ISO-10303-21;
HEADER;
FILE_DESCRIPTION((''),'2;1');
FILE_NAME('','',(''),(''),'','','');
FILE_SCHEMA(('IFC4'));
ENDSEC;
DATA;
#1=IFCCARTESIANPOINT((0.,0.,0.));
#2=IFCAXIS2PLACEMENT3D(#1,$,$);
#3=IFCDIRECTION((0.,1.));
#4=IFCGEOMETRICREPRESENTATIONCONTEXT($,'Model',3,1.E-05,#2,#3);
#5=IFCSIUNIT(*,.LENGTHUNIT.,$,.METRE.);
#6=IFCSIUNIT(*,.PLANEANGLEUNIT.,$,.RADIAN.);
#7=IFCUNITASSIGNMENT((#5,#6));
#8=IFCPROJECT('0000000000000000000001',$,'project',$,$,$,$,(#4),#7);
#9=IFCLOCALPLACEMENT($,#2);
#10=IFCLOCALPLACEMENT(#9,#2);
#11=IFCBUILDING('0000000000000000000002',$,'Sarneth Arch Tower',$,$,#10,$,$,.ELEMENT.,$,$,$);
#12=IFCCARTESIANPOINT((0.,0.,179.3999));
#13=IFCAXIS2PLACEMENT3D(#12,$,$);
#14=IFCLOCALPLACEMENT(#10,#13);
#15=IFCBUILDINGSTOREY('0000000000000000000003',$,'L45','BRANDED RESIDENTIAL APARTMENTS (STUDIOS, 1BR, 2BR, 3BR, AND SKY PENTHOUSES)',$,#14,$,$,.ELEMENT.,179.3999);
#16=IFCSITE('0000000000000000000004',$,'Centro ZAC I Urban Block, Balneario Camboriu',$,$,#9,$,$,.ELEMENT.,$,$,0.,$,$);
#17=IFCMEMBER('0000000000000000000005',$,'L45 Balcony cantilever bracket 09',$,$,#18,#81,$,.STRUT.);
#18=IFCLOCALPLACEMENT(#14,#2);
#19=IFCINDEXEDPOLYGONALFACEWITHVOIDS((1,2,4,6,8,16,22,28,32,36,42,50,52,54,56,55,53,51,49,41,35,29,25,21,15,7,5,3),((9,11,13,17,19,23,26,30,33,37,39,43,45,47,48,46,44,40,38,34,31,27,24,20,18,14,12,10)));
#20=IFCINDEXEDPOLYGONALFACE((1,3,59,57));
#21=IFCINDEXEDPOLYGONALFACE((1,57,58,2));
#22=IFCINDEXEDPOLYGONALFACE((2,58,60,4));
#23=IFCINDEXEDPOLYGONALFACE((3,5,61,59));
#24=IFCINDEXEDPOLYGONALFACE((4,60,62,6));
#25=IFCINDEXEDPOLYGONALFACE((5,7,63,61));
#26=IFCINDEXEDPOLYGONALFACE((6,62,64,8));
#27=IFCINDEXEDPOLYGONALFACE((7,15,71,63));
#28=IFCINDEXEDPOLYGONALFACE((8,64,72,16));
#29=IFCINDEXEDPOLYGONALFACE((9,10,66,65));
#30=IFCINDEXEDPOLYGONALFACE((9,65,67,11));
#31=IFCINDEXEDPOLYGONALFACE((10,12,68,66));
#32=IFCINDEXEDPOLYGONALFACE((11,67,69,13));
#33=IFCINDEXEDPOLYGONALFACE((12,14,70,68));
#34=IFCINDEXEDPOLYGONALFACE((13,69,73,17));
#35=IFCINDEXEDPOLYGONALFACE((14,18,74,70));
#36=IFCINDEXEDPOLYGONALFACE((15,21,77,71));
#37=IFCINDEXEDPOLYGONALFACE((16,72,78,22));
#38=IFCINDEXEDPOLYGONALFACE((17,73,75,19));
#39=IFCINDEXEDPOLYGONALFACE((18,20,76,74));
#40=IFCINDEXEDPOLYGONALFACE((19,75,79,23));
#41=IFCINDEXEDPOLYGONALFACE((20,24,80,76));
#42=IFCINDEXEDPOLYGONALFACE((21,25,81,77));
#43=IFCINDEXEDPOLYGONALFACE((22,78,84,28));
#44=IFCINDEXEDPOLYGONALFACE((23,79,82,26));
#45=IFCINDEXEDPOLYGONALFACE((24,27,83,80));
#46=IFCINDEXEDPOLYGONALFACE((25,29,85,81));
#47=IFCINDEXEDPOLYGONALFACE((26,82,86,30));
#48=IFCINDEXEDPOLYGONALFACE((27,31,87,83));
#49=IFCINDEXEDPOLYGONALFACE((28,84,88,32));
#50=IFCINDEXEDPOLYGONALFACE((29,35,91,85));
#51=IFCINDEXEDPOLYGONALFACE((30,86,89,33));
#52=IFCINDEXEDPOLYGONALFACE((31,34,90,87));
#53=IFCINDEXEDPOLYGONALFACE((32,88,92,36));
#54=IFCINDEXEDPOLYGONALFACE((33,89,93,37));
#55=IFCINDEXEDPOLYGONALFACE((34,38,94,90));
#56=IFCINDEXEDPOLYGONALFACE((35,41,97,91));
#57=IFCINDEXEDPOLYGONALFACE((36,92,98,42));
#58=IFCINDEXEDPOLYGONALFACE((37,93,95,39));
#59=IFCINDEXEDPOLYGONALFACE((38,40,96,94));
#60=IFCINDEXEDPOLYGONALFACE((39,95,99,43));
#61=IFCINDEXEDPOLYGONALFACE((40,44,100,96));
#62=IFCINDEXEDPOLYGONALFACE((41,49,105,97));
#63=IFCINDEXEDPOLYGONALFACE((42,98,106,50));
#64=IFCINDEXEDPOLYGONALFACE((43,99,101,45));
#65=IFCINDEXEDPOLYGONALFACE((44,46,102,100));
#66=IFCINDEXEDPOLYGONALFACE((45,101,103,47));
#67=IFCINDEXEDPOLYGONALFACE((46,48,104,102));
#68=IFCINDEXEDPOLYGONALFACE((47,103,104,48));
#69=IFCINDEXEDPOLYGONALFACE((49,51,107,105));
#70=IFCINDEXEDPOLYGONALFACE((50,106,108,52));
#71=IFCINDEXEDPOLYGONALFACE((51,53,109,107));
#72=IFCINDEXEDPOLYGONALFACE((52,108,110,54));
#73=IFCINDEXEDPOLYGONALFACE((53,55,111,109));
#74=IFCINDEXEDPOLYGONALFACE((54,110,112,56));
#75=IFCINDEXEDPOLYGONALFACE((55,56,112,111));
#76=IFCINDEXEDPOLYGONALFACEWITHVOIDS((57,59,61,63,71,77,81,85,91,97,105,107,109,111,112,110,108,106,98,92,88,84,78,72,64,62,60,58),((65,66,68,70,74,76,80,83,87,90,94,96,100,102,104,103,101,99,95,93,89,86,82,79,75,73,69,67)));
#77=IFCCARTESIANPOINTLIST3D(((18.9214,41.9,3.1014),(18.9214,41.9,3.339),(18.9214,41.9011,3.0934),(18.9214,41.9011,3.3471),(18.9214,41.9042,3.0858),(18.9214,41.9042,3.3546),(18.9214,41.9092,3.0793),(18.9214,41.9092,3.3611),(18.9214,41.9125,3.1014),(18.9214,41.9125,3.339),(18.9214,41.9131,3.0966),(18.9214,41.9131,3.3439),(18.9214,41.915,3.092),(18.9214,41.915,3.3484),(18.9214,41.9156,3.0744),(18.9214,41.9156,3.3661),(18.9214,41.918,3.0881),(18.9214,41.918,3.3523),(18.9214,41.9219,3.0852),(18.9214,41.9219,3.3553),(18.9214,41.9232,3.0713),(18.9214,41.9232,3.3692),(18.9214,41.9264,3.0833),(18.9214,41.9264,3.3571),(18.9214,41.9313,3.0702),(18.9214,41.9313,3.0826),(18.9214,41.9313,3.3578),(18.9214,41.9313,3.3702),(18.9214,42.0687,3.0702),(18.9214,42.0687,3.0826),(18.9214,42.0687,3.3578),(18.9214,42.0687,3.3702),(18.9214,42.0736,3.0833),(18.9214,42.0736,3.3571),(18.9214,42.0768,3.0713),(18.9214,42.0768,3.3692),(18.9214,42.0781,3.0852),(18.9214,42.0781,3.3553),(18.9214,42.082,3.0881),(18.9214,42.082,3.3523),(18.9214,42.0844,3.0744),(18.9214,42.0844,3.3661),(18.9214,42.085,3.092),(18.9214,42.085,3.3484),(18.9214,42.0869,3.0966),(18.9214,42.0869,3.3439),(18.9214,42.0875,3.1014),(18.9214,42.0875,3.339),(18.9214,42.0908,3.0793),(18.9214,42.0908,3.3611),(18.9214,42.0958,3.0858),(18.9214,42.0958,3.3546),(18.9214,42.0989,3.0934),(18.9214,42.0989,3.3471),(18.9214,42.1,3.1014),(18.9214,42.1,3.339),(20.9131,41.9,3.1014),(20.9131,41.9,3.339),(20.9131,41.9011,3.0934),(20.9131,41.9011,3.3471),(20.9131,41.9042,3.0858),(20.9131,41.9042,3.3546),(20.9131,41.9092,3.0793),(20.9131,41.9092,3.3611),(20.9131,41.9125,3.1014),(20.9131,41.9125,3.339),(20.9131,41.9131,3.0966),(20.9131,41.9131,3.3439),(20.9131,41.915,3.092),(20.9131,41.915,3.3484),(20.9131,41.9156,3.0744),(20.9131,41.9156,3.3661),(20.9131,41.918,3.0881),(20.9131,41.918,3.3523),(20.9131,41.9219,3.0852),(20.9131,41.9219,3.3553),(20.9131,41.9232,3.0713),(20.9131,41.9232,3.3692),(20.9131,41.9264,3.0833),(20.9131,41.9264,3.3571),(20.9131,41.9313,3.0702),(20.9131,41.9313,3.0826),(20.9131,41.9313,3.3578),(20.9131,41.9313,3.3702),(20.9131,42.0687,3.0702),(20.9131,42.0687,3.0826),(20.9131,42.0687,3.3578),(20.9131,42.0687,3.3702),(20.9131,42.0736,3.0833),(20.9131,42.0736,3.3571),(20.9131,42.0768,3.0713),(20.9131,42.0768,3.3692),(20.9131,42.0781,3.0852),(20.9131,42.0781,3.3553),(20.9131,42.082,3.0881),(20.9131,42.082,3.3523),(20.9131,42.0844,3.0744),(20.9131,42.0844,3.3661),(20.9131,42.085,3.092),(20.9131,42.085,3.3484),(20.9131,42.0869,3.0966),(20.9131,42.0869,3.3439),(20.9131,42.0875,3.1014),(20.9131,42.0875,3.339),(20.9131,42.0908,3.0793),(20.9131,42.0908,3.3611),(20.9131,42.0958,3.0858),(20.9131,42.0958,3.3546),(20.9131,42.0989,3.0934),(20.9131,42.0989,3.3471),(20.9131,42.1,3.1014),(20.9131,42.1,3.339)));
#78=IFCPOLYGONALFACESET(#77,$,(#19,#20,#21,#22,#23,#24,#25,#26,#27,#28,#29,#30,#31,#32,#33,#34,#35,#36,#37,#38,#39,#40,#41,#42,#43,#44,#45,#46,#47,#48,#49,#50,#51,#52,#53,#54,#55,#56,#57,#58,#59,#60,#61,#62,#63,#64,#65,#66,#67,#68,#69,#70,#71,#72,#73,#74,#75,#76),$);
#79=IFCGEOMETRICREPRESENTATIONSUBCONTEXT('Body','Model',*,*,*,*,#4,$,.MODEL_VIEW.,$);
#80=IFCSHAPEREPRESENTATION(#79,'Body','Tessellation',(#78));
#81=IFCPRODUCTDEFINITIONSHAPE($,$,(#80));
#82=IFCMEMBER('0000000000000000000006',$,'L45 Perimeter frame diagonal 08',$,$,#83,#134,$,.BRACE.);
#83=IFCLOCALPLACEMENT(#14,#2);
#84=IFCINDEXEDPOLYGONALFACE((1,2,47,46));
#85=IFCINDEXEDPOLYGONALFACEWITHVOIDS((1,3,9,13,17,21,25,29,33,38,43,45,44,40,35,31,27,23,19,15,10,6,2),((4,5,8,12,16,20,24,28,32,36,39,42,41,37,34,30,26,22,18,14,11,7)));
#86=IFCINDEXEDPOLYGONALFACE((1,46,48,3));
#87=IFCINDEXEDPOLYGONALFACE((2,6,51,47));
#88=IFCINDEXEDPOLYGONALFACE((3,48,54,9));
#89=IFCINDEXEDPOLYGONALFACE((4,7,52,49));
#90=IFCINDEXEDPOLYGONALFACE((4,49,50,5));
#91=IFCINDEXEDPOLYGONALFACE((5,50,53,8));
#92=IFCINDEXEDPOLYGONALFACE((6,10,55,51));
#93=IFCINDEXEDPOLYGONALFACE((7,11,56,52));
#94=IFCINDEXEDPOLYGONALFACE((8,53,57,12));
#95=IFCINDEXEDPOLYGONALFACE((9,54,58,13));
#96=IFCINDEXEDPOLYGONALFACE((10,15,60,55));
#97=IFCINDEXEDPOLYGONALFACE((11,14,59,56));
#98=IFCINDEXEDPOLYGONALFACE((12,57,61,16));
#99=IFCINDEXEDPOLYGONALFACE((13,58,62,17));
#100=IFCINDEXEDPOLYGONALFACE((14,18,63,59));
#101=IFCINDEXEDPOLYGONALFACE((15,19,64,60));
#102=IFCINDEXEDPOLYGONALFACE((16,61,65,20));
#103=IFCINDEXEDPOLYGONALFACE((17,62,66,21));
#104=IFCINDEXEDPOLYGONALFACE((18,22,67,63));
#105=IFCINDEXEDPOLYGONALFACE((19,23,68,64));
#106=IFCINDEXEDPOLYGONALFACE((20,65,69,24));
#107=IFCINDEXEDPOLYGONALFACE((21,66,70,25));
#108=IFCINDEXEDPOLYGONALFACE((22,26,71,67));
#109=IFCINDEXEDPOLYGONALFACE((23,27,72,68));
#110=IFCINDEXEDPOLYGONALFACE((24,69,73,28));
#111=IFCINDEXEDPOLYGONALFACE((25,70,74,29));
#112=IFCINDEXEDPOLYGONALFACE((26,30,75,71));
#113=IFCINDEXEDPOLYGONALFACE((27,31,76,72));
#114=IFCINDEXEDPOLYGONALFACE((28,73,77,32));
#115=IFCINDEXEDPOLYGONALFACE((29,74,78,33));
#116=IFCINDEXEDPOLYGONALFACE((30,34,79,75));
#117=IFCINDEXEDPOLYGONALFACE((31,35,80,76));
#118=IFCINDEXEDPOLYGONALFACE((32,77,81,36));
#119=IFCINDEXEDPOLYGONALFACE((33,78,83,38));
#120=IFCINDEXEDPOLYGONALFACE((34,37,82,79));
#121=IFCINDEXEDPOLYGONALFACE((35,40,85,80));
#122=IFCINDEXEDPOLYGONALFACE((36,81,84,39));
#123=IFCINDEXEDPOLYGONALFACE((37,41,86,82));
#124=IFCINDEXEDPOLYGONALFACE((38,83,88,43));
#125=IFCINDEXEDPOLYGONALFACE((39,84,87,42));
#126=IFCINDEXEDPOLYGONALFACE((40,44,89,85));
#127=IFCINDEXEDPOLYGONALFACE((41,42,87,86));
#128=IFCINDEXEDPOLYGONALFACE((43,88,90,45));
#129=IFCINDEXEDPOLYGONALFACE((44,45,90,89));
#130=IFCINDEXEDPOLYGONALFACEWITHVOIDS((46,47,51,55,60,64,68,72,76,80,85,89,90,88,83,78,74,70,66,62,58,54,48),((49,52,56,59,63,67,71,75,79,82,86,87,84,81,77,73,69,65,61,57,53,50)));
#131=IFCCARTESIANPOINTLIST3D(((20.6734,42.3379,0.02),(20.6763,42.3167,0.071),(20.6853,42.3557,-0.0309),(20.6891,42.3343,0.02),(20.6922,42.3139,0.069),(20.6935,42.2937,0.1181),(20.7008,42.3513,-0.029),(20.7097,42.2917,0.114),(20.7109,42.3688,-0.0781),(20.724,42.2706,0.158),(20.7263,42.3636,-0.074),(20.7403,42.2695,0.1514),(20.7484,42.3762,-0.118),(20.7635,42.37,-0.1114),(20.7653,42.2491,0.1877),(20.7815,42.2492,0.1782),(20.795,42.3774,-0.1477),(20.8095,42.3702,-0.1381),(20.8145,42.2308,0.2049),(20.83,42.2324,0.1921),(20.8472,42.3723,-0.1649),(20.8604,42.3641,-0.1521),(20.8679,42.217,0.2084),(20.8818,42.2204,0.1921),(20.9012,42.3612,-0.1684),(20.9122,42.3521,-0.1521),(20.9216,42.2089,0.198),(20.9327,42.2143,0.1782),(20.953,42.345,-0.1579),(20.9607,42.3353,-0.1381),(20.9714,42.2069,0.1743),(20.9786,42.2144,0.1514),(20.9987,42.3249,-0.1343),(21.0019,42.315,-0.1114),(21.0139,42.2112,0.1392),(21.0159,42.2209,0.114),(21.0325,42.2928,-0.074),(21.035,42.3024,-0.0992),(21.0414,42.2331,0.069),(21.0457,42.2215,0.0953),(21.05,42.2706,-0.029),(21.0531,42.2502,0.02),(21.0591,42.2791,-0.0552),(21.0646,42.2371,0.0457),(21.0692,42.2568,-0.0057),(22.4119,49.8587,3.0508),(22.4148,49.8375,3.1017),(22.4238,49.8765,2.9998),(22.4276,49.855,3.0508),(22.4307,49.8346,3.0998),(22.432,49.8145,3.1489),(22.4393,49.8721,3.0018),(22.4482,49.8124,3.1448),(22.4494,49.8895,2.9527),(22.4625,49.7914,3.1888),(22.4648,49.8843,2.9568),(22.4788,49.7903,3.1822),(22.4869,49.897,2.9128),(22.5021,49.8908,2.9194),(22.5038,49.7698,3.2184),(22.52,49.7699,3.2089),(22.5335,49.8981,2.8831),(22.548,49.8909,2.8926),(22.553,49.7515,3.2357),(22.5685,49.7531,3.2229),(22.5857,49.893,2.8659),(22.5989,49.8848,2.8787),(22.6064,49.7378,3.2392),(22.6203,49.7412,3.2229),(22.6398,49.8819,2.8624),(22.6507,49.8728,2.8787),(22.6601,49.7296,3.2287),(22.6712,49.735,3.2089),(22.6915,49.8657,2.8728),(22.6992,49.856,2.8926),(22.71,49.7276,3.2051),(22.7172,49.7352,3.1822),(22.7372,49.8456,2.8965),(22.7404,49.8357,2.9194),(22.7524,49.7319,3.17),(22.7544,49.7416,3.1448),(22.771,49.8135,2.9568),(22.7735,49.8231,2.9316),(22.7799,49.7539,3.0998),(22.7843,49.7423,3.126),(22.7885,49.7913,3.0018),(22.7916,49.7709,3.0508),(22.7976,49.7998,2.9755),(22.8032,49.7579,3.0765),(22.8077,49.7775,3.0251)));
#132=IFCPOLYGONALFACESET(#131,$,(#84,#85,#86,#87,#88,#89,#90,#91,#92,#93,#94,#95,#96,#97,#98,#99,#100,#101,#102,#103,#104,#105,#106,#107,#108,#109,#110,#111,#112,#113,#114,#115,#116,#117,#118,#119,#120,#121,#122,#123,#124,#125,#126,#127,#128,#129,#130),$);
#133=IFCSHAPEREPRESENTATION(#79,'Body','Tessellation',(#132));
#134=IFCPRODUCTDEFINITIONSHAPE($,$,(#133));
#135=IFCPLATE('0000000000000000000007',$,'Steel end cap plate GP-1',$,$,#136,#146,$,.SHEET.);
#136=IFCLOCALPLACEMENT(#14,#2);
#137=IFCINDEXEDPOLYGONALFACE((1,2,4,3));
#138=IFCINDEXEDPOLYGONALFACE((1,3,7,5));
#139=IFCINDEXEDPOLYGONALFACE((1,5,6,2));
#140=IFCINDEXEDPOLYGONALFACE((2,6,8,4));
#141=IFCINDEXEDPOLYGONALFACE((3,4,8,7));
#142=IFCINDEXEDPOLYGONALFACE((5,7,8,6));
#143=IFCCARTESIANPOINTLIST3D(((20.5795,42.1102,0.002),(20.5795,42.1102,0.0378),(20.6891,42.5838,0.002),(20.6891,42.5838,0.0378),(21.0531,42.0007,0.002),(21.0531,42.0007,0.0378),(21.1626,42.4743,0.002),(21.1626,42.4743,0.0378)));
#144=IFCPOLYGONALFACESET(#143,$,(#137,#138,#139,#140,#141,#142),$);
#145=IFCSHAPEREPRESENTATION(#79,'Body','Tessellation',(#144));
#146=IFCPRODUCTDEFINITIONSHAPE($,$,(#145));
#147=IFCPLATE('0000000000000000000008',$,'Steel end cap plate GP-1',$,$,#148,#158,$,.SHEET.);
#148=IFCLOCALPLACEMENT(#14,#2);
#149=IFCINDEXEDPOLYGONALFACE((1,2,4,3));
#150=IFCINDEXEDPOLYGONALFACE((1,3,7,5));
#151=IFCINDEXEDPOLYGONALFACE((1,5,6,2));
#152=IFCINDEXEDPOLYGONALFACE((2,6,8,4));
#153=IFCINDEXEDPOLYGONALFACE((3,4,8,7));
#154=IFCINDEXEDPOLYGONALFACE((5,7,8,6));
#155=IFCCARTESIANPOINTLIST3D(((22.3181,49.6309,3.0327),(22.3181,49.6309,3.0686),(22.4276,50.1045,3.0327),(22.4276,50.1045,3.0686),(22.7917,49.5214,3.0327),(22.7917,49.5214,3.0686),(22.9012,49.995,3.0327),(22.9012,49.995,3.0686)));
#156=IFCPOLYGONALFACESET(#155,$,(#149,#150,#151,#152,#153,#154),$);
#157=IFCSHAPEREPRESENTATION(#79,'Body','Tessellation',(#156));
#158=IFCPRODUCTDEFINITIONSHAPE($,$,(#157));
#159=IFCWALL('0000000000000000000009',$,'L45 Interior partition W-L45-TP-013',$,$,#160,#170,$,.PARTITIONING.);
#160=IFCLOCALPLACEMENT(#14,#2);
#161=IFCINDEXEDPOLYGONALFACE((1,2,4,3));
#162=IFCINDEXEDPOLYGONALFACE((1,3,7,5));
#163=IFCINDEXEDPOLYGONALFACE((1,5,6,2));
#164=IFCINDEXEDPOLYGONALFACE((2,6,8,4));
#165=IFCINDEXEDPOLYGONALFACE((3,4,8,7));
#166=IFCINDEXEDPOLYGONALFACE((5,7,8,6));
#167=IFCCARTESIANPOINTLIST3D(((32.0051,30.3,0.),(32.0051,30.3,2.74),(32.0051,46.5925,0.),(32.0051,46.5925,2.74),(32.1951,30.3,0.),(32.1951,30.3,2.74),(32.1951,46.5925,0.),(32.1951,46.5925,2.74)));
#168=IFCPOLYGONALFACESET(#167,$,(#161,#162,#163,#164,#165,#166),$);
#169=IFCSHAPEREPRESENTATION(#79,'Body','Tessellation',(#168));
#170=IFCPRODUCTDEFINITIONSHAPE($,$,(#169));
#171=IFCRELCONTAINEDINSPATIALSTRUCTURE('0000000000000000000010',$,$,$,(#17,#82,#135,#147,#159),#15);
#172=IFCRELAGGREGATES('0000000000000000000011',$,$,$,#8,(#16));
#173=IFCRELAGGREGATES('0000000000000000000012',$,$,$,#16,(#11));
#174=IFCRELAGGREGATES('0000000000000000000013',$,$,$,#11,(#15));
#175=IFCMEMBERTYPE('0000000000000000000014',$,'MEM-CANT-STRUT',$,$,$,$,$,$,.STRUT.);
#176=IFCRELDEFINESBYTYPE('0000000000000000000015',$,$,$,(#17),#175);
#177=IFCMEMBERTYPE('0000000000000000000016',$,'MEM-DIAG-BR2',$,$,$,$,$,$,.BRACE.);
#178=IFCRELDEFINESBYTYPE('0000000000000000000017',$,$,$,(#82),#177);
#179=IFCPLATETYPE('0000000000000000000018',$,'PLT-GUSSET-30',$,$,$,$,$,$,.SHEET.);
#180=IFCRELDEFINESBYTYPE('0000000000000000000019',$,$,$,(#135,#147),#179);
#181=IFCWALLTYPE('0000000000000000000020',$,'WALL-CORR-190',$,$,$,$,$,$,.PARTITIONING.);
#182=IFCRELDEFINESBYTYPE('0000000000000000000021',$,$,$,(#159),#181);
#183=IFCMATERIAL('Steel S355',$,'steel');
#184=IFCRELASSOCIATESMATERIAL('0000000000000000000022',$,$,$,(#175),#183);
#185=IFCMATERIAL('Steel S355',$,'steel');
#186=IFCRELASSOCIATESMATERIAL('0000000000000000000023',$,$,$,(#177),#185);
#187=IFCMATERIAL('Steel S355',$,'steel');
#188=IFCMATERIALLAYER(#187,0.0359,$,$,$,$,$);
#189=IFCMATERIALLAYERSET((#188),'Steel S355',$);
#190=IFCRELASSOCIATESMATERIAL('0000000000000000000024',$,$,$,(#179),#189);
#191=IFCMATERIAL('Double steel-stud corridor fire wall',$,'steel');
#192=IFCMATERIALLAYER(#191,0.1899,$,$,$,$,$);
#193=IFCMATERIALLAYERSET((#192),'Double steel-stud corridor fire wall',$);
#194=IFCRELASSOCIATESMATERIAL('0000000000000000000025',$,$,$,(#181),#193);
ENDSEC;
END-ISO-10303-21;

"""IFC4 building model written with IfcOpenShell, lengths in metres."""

from ifc_helpers import new_model, si_unit, direction, frame, frame_2d, origin, origin_2d, place, context, subcontext, project, spatial, rectangle, hollow_rectangle, hollow_circle, extrude, material, layer, layer_set, material_profile, profile_set, type_object, element, save


model = new_model("IFC4")

# Units and contexts
model_context = context("Model", 3, precision=1e-05, world=origin(), true_north=direction((0.0, 1.0)))
body_context = subcontext(model_context, "Body", "Model", "MODEL_VIEW")
ifc_project = project(units=[si_unit("LENGTHUNIT", "METRE"), si_unit("PLANEANGLEUNIT", "RADIAN")], contexts=[model_context])

# Site, building, storey
site_placement = place(None, origin())
site = spatial("IfcSite", under=ifc_project, at=site_placement, Name="Centro ZAC I Urban Block, Balneario Camboriu", CompositionType="ELEMENT", RefElevation=0.0)
building_placement = place(site_placement, origin())
building = spatial("IfcBuilding", under=site, at=building_placement, Name="Sarneth Arch Tower", CompositionType="ELEMENT")
storey_placement = place(building_placement, frame((0.0, 0.0, 179.3999)))
storey = spatial("IfcBuildingStorey", under=building, at=storey_placement, Name="L45", Description="BRANDED RESIDENTIAL APARTMENTS (STUDIOS, 1BR, 2BR, 3BR, AND SKY PENTHOUSES)", CompositionType="ELEMENT", Elevation=179.3999)

# Members
ifc_material_1 = material(Name="Steel S355", Category="steel")
ifc_material_profile_1 = material_profile(ifc_material_1, hollow_rectangle(XDim=0.2, YDim=0.3, WallThickness=0.0125, InnerFilletRadius=0.0188, OuterFilletRadius=0.0312, at=origin_2d()), Name="RHS300x200x12.5")
ifc_profile_set_1 = profile_set([ifc_material_profile_1], Name="Steel S355")
member_type_1 = type_object("IfcMemberType", Name="MEM-CANT-STRUT", PredefinedType="STRUT", material=ifc_profile_set_1)
member_1_placement = place(storey_placement, frame((20.9131, 42.0, 3.2202), z_axis=(-1.0, 0.0, 0.0), x_axis=(0.0, -1.0, 0.0)))
element("IfcMember", 1, at=member_1_placement, inside=storey, type_object=member_type_1, Name="L45 Balcony cantilever bracket 09", PredefinedType="STRUT", context=body_context, shape_type="SweptSolid", body=[
    extrude(hollow_rectangle(XDim=0.2, YDim=0.3, WallThickness=0.0125, InnerFilletRadius=0.0188, OuterFilletRadius=0.0312, at=origin_2d()), origin(), (0.0, 0.0, 1.0), 1.9917),
])
ifc_material_2 = material(Name="Steel S355", Category="steel")
ifc_material_profile_2 = material_profile(ifc_material_2, hollow_circle(Radius=0.2029, WallThickness=0.0161, at=origin_2d()), Name="CHS406x16")
ifc_profile_set_2 = profile_set([ifc_material_profile_2], Name="Steel S355")
member_type_2 = type_object("IfcMemberType", Name="MEM-DIAG-BR2", PredefinedType="BRACE", material=ifc_profile_set_2)
member_2_placement = place(storey_placement, frame((20.8711, 42.2922, 0.02), z_axis=(0.209644, 0.906907, 0.365471), x_axis=(-0.974307, 0.225224, 0.0)))
element("IfcMember", 2, at=member_2_placement, inside=storey, type_object=member_type_2, Name="L45 Perimeter frame diagonal 08", PredefinedType="BRACE", context=body_context, shape_type="SweptSolid", body=[
    extrude(hollow_circle(Radius=0.2029, WallThickness=0.0161, at=origin_2d()), origin(), (0.0, 0.0, 1.0), 8.2927),
])

# Plates
ifc_material_3 = material(Name="Steel S355", Category="steel")
ifc_layer_1 = layer(ifc_material_3, 0.0359)
ifc_layer_set_1 = layer_set([ifc_layer_1], Name="Steel S355")
plate_type = type_object("IfcPlateType", Name="PLT-GUSSET-30", PredefinedType="SHEET", material=ifc_layer_set_1)
for number, where, z_axis, x_axis, name in (
    (3, (20.8711, 42.2922, 0.002), (0.0, 0.0, 1.0), (-0.225291, -0.974291, 0.0), "Steel end cap plate GP-1"),
    (4, (22.6096, 49.813, 3.0327), (0.0, 0.0, 1.0), (-0.225291, -0.974291, 0.0), "Steel end cap plate GP-1"),
):
    element("IfcPlate", number, at=place(storey_placement, frame(where, z_axis=z_axis, x_axis=x_axis)), inside=storey, type_object=plate_type, Name=name, PredefinedType="SHEET", context=body_context, shape_type="SweptSolid", body=[
        extrude(rectangle(XDim=0.4861, YDim=0.4861, at=origin_2d()), origin(), (0.0, 0.0, 1.0), 0.0359),
    ])

# Wall
ifc_material_4 = material(Name="Double steel-stud corridor fire wall", Category="steel")
ifc_layer_2 = layer(ifc_material_4, 0.1899)
ifc_layer_set_2 = layer_set([ifc_layer_2], Name="Double steel-stud corridor fire wall")
wall_type_1 = type_object("IfcWallType", Name="WALL-CORR-190", PredefinedType="PARTITIONING", material=ifc_layer_set_2)
wall_1_placement = place(storey_placement, frame((32.1001, 46.5925, 0.0), z_axis=(0.0, 0.0, 1.0), x_axis=(0.0, -1.0, 0.0)))
element("IfcWall", 5, at=wall_1_placement, inside=storey, type_object=wall_type_1, Name="L45 Interior partition W-L45-TP-013", PredefinedType="PARTITIONING", context=body_context, shape_type="SweptSolid", body=[
    extrude(rectangle(XDim=16.2925, YDim=0.1899, at=frame_2d((8.1462, 0.0))), origin(), (0.0, 0.0, 1.0), 2.74),
])

save(model, "model.ifc")
